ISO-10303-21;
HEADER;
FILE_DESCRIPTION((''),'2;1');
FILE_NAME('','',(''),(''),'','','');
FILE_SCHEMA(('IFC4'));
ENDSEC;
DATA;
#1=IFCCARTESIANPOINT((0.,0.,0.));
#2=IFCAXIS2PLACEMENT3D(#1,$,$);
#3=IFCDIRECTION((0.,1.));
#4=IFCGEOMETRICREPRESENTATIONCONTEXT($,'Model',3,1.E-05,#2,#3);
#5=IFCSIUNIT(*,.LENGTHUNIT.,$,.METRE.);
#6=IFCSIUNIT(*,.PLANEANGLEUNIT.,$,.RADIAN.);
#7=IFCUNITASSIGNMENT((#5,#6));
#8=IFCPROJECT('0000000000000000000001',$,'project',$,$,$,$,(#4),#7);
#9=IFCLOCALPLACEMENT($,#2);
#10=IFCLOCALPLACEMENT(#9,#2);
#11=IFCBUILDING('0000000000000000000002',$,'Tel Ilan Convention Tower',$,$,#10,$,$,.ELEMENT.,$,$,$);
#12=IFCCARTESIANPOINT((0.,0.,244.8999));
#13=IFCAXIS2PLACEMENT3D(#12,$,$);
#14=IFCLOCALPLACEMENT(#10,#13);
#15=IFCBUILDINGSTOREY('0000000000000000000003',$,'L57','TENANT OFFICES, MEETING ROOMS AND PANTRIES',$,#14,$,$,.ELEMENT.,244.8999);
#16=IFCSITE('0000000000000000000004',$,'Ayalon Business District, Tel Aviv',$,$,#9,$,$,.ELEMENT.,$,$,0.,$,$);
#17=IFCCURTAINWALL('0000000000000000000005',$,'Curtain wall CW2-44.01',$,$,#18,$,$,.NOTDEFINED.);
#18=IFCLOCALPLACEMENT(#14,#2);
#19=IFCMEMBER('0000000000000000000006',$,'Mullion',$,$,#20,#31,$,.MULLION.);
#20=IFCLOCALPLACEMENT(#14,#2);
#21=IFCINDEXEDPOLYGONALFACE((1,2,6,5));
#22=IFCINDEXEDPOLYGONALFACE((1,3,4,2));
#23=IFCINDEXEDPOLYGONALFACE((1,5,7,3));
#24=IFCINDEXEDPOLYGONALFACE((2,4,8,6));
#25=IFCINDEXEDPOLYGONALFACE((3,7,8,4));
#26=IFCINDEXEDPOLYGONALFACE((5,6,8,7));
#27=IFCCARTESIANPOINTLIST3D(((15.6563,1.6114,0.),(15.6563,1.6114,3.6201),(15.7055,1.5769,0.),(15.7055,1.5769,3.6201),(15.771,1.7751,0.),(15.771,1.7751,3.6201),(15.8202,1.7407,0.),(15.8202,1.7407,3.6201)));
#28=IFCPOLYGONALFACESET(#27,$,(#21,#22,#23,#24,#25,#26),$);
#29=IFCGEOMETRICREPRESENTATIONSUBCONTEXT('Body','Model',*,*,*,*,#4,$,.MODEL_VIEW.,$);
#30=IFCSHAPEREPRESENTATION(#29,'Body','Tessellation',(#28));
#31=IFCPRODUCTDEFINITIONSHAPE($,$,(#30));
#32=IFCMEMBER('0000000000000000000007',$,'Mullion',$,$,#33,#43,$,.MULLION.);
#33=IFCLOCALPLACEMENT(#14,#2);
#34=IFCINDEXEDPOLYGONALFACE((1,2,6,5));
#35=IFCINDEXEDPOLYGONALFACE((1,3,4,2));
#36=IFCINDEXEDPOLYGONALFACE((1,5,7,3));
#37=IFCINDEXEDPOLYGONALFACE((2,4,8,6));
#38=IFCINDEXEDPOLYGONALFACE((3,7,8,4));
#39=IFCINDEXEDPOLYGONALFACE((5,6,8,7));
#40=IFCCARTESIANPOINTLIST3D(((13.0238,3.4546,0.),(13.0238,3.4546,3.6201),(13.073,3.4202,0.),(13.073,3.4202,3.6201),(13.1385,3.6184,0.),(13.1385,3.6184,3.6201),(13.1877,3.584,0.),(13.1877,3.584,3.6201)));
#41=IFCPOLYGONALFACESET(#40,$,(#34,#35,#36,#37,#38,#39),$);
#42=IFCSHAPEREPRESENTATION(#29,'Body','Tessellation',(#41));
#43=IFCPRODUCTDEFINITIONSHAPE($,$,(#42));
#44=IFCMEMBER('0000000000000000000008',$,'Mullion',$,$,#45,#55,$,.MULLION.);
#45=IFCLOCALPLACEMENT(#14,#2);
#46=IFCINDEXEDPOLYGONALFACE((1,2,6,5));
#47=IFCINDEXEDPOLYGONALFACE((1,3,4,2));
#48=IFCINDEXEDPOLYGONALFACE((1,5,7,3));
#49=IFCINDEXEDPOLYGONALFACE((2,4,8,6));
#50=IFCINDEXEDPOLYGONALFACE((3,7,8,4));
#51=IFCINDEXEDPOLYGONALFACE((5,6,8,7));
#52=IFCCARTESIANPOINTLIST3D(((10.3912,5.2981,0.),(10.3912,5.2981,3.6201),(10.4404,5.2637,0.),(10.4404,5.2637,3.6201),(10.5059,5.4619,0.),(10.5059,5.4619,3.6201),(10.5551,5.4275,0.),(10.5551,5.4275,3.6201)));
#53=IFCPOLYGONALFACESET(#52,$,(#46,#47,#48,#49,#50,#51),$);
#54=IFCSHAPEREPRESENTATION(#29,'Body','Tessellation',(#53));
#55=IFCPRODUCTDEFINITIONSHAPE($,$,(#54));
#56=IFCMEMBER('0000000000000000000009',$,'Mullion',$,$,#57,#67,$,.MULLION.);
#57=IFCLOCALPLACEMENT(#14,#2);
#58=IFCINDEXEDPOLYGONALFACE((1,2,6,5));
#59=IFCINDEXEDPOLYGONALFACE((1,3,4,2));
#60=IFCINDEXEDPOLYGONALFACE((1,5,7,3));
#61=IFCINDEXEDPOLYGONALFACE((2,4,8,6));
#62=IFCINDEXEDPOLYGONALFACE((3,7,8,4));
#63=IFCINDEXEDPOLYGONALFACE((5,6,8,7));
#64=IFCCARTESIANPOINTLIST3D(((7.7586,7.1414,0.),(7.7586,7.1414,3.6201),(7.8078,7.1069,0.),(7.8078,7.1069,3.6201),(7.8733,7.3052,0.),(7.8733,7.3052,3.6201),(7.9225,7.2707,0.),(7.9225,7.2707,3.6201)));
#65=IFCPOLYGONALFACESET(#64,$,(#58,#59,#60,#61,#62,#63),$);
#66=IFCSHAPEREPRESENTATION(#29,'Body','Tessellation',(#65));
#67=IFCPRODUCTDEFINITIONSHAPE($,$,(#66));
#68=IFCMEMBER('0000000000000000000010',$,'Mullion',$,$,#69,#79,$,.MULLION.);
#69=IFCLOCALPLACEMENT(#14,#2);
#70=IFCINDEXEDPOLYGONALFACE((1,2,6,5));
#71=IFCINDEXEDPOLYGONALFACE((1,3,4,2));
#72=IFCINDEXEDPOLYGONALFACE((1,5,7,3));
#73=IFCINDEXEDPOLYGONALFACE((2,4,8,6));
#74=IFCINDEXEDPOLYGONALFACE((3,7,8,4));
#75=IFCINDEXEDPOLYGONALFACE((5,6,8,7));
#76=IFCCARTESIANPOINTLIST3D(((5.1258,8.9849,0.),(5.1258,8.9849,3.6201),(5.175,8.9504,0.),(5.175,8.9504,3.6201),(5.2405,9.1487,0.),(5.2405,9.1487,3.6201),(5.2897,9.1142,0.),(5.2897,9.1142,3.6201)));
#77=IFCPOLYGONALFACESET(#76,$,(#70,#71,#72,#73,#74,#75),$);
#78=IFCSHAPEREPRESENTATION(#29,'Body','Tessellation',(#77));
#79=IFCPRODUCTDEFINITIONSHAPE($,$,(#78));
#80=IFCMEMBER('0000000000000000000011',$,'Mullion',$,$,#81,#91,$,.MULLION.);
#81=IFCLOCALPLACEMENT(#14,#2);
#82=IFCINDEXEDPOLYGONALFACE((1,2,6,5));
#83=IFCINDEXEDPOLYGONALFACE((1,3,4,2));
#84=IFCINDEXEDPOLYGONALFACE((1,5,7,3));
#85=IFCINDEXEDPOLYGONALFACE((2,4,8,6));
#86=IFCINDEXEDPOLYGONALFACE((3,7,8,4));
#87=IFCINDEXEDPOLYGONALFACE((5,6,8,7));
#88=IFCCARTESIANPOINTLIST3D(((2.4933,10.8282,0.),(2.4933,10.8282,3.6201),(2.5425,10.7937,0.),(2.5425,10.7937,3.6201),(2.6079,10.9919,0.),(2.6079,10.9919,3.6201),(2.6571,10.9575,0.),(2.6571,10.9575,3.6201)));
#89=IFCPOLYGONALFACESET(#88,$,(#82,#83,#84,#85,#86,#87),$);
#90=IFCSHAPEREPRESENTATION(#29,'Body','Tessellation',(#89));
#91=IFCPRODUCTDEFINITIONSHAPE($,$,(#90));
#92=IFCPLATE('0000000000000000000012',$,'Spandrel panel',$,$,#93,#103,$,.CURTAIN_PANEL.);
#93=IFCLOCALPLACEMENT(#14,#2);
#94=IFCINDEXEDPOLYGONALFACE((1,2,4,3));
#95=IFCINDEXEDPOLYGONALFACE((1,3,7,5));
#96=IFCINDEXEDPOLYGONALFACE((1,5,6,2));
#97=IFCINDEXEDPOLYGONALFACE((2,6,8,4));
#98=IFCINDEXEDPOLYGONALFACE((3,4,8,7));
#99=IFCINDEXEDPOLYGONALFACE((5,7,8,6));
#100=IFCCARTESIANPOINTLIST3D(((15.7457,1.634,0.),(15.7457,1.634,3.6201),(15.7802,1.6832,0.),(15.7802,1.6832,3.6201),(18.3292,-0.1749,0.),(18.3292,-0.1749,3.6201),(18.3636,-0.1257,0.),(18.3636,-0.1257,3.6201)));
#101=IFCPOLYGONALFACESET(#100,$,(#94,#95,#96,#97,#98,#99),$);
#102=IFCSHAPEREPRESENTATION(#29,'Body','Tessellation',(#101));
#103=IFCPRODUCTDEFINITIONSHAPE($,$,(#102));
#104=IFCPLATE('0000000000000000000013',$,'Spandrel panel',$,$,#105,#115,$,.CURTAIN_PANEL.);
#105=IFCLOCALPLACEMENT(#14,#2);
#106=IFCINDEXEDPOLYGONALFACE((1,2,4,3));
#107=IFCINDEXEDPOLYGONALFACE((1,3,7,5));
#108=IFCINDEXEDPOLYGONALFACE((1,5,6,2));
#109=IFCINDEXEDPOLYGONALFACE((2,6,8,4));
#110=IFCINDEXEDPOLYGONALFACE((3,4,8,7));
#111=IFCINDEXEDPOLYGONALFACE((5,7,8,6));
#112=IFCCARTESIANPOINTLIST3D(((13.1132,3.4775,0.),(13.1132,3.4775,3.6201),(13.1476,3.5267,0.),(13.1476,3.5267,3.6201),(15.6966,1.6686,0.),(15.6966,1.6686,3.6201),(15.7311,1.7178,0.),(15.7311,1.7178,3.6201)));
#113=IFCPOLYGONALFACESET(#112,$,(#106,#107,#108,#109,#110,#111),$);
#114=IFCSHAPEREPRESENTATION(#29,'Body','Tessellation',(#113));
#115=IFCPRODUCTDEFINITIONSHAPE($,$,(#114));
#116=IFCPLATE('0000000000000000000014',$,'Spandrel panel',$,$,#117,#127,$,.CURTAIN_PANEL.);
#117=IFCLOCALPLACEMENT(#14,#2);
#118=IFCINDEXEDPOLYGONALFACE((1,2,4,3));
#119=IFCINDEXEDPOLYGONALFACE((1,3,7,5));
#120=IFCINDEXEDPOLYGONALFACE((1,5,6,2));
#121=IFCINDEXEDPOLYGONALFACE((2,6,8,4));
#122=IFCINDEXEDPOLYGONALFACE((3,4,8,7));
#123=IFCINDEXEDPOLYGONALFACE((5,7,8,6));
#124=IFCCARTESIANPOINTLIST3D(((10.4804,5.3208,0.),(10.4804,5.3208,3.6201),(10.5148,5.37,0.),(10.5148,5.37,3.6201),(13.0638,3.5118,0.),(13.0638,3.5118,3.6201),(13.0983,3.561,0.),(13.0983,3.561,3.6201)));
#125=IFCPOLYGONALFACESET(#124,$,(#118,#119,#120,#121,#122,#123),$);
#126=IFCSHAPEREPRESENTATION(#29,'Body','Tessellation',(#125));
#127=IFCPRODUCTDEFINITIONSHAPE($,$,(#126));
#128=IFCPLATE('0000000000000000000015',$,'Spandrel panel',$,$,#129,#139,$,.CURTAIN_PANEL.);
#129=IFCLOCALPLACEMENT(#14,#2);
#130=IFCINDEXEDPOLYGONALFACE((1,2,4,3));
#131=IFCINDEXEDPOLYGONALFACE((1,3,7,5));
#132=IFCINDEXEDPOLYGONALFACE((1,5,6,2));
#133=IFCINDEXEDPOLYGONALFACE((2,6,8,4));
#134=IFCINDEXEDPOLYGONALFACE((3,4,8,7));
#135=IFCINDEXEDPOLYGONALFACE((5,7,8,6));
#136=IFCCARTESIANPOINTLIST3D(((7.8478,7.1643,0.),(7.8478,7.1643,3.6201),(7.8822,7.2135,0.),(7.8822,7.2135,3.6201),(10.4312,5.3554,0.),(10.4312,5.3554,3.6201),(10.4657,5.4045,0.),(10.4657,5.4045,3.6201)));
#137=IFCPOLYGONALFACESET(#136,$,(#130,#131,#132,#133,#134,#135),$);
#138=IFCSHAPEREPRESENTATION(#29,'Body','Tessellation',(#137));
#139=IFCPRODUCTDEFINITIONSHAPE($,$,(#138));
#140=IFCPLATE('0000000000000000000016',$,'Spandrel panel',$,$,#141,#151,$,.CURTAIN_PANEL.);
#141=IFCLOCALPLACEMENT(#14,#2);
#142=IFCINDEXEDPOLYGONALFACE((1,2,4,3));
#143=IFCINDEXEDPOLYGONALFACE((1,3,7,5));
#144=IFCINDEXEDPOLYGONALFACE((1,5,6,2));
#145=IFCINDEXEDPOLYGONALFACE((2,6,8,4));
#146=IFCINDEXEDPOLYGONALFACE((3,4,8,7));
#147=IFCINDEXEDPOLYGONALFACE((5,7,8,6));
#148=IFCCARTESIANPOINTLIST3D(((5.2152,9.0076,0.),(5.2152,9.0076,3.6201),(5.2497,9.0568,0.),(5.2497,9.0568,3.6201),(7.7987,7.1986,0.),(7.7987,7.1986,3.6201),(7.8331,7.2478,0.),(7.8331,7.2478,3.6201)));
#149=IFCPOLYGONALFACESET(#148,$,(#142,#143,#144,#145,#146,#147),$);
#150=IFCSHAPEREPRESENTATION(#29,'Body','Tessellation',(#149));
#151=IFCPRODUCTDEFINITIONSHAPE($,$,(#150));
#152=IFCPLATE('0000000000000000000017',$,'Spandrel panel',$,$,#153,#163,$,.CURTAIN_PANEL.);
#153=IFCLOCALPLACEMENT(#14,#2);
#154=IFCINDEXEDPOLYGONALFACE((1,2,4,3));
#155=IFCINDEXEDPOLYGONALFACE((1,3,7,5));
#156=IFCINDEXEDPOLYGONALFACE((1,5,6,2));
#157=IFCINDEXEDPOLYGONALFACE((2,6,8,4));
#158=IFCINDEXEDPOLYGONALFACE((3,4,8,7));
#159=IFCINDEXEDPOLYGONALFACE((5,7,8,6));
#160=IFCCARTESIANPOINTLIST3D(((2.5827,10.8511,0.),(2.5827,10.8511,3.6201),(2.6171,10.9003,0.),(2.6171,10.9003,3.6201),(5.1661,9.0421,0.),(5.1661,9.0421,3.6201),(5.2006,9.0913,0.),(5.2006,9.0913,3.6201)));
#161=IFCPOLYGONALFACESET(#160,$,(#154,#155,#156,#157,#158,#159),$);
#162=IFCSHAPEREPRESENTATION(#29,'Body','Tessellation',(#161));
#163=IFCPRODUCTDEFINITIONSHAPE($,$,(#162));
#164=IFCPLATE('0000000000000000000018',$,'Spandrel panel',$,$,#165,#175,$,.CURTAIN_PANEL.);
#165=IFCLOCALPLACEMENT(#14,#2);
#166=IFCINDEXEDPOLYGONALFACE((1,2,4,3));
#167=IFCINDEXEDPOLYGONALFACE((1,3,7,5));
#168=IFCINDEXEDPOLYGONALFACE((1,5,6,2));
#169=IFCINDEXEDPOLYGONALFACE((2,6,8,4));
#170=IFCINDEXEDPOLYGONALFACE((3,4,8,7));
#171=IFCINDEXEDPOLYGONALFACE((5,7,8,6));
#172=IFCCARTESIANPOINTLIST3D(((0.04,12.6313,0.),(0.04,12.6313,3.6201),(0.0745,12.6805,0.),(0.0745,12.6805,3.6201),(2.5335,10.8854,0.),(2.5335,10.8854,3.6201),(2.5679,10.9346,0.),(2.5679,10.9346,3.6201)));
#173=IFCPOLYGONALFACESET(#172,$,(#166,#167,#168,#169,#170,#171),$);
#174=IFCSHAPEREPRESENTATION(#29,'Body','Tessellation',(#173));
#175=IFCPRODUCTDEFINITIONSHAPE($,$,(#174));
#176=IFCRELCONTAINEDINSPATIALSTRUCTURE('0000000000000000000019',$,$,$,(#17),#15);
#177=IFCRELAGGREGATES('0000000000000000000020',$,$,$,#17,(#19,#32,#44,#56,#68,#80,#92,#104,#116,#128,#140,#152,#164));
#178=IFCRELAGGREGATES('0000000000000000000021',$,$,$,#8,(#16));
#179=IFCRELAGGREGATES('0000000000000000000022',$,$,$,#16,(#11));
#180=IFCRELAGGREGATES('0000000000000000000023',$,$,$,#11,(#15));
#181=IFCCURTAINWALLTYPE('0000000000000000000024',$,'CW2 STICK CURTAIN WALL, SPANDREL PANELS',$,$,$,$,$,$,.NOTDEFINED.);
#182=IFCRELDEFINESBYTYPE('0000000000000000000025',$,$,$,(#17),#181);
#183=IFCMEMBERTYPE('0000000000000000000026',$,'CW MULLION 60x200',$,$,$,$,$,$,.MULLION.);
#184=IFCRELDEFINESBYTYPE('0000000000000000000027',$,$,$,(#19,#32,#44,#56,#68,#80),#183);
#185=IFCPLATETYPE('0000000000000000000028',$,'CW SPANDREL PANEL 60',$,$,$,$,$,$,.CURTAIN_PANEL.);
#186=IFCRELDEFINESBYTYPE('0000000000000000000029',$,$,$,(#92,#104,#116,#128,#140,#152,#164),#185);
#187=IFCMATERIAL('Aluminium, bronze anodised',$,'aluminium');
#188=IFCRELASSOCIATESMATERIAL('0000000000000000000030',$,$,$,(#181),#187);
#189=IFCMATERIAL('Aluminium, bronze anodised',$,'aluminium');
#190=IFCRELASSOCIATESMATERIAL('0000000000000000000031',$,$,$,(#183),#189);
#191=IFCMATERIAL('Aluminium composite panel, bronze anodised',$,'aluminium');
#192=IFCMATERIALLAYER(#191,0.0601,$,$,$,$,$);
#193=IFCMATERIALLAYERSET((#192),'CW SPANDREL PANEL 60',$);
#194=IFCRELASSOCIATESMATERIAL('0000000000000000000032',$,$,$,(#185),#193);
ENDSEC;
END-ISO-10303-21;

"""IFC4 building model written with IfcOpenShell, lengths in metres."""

from ifc_helpers import new_model, si_unit, direction, frame, origin, origin_2d, place, context, subcontext, project, spatial, rectangle, extrude, material, layer, layer_set, material_profile, profile_set, type_object, element, aggregate, save


model = new_model("IFC4")

# Units and contexts
model_context = context("Model", 3, precision=1e-05, world=origin(), true_north=direction((0.0, 1.0)))
body_context = subcontext(model_context, "Body", "Model", "MODEL_VIEW")
ifc_project = project(units=[si_unit("LENGTHUNIT", "METRE"), si_unit("PLANEANGLEUNIT", "RADIAN")], contexts=[model_context])

# Site, building, storey
site_placement = place(None, origin())
site = spatial("IfcSite", under=ifc_project, at=site_placement, Name="Ayalon Business District, Tel Aviv", CompositionType="ELEMENT", RefElevation=0.0)
building_placement = place(site_placement, origin())
building = spatial("IfcBuilding", under=site, at=building_placement, Name="Tel Ilan Convention Tower", CompositionType="ELEMENT")
storey_placement = place(building_placement, frame((0.0, 0.0, 244.8999)))
storey = spatial("IfcBuildingStorey", under=building, at=storey_placement, Name="L57", Description="TENANT OFFICES, MEETING ROOMS AND PANTRIES", CompositionType="ELEMENT", Elevation=244.8999)

# Curtain wall, members, plates
ifc_material_1 = material(Name="Aluminium, bronze anodised", Category="aluminium")
curtain_wall_type = type_object("IfcCurtainWallType", Name="CW2 STICK CURTAIN WALL, SPANDREL PANELS", PredefinedType="NOTDEFINED", material=ifc_material_1)
curtain_wall_placement = place(storey_placement, origin())
curtain_wall = element("IfcCurtainWall", 1, at=curtain_wall_placement, inside=storey, type_object=curtain_wall_type, Name="Curtain wall CW2-44.01", PredefinedType="NOTDEFINED")
ifc_material_2 = material(Name="Aluminium, bronze anodised", Category="aluminium")
ifc_material_profile = material_profile(ifc_material_2, rectangle(XDim=0.0601, YDim=0.2, at=origin_2d()), Name="CW MULLION 60x200")
ifc_profile_set = profile_set([ifc_material_profile], Name="Aluminium, bronze anodised")
member_type = type_object("IfcMemberType", Name="CW MULLION 60x200", PredefinedType="MULLION", material=ifc_profile_set)
member_1_placement = place(storey_placement, frame((15.7383, 1.676, 0.0), z_axis=(0.0, 0.0, 1.0), x_axis=(-0.819152, 0.573576, 0.0)))
member_1 = element("IfcMember", 2, at=member_1_placement, type_object=member_type, Name="Mullion", PredefinedType="MULLION", context=body_context, shape_type="SweptSolid", body=[
    extrude(rectangle(XDim=0.0601, YDim=0.2, at=origin_2d()), origin(), (0.0, 0.0, 1.0), 3.6201),
])
member_2_placement = place(storey_placement, frame((13.1057, 3.5193, 0.0), z_axis=(0.0, 0.0, 1.0), x_axis=(-0.819152, 0.573576, 0.0)))
member_2 = element("IfcMember", 3, at=member_2_placement, type_object=member_type, Name="Mullion", PredefinedType="MULLION", context=body_context, shape_type="SweptSolid", body=[
    extrude(rectangle(XDim=0.0601, YDim=0.2, at=origin_2d()), origin(), (0.0, 0.0, 1.0), 3.6201),
])
member_3_placement = place(storey_placement, frame((10.4731, 5.3628, 0.0), z_axis=(0.0, 0.0, 1.0), x_axis=(-0.819152, 0.573576, 0.0)))
member_3 = element("IfcMember", 4, at=member_3_placement, type_object=member_type, Name="Mullion", PredefinedType="MULLION", context=body_context, shape_type="SweptSolid", body=[
    extrude(rectangle(XDim=0.0601, YDim=0.2, at=origin_2d()), origin(), (0.0, 0.0, 1.0), 3.6201),
])
member_4_placement = place(storey_placement, frame((7.8406, 7.2061, 0.0), z_axis=(0.0, 0.0, 1.0), x_axis=(-0.819152, 0.573576, 0.0)))
member_4 = element("IfcMember", 5, at=member_4_placement, type_object=member_type, Name="Mullion", PredefinedType="MULLION", context=body_context, shape_type="SweptSolid", body=[
    extrude(rectangle(XDim=0.0601, YDim=0.2, at=origin_2d()), origin(), (0.0, 0.0, 1.0), 3.6201),
])
member_5_placement = place(storey_placement, frame((5.2078, 9.0496, 0.0), z_axis=(0.0, 0.0, 1.0), x_axis=(-0.819152, 0.573576, 0.0)))
member_5 = element("IfcMember", 6, at=member_5_placement, type_object=member_type, Name="Mullion", PredefinedType="MULLION", context=body_context, shape_type="SweptSolid", body=[
    extrude(rectangle(XDim=0.0601, YDim=0.2, at=origin_2d()), origin(), (0.0, 0.0, 1.0), 3.6201),
])
member_6_placement = place(storey_placement, frame((2.5752, 10.8928, 0.0), z_axis=(0.0, 0.0, 1.0), x_axis=(-0.819152, 0.573576, 0.0)))
member_6 = element("IfcMember", 7, at=member_6_placement, type_object=member_type, Name="Mullion", PredefinedType="MULLION", context=body_context, shape_type="SweptSolid", body=[
    extrude(rectangle(XDim=0.0601, YDim=0.2, at=origin_2d()), origin(), (0.0, 0.0, 1.0), 3.6201),
])
ifc_material_3 = material(Name="Aluminium composite panel, bronze anodised", Category="aluminium")
ifc_layer_1 = layer(ifc_material_3, 0.0601)
ifc_layer_set_1 = layer_set([ifc_layer_1], Name="CW SPANDREL PANEL 60")
plate_type = type_object("IfcPlateType", Name="CW SPANDREL PANEL 60", PredefinedType="CURTAIN_PANEL", material=ifc_layer_set_1)
plate_1_placement = place(storey_placement, frame((17.0547, 0.7542, 0.0), z_axis=(0.0, 0.0, 1.0), x_axis=(-0.819152, 0.573576, 0.0)))
plate_1 = element("IfcPlate", 8, at=plate_1_placement, type_object=plate_type, Name="Spandrel panel", PredefinedType="CURTAIN_PANEL", context=body_context, shape_type="SweptSolid", body=[
    extrude(rectangle(XDim=3.1538, YDim=0.0601, at=origin_2d()), origin(), (0.0, 0.0, 1.0), 3.6201),
])
plate_2_placement = place(storey_placement, frame((14.4221, 2.5977, 0.0), z_axis=(0.0, 0.0, 1.0), x_axis=(-0.819152, 0.573576, 0.0)))
plate_2 = element("IfcPlate", 9, at=plate_2_placement, type_object=plate_type, Name="Spandrel panel", PredefinedType="CURTAIN_PANEL", context=body_context, shape_type="SweptSolid", body=[
    extrude(rectangle(XDim=3.1538, YDim=0.0601, at=origin_2d()), origin(), (0.0, 0.0, 1.0), 3.6201),
])
plate_3_placement = place(storey_placement, frame((11.7893, 4.4409, 0.0), z_axis=(0.0, 0.0, 1.0), x_axis=(-0.819152, 0.573576, 0.0)))
plate_3 = element("IfcPlate", 10, at=plate_3_placement, type_object=plate_type, Name="Spandrel panel", PredefinedType="CURTAIN_PANEL", context=body_context, shape_type="SweptSolid", body=[
    extrude(rectangle(XDim=3.1538, YDim=0.0601, at=origin_2d()), origin(), (0.0, 0.0, 1.0), 3.6201),
])
plate_4_placement = place(storey_placement, frame((9.1567, 6.2844, 0.0), z_axis=(0.0, 0.0, 1.0), x_axis=(-0.819152, 0.573576, 0.0)))
plate_4 = element("IfcPlate", 11, at=plate_4_placement, type_object=plate_type, Name="Spandrel panel", PredefinedType="CURTAIN_PANEL", context=body_context, shape_type="SweptSolid", body=[
    extrude(rectangle(XDim=3.1538, YDim=0.0601, at=origin_2d()), origin(), (0.0, 0.0, 1.0), 3.6201),
])
plate_5_placement = place(storey_placement, frame((6.5242, 8.1277, 0.0), z_axis=(0.0, 0.0, 1.0), x_axis=(-0.819152, 0.573576, 0.0)))
plate_5 = element("IfcPlate", 12, at=plate_5_placement, type_object=plate_type, Name="Spandrel panel", PredefinedType="CURTAIN_PANEL", context=body_context, shape_type="SweptSolid", body=[
    extrude(rectangle(XDim=3.1538, YDim=0.0601, at=origin_2d()), origin(), (0.0, 0.0, 1.0), 3.6201),
])
plate_6_placement = place(storey_placement, frame((3.8916, 9.9712, 0.0), z_axis=(0.0, 0.0, 1.0), x_axis=(-0.819152, 0.573576, 0.0)))
plate_6 = element("IfcPlate", 13, at=plate_6_placement, type_object=plate_type, Name="Spandrel panel", PredefinedType="CURTAIN_PANEL", context=body_context, shape_type="SweptSolid", body=[
    extrude(rectangle(XDim=3.1538, YDim=0.0601, at=origin_2d()), origin(), (0.0, 0.0, 1.0), 3.6201),
])
plate_7_placement = place(storey_placement, frame((1.304, 11.783, 0.0), z_axis=(0.0, 0.0, 1.0), x_axis=(-0.819152, 0.573576, 0.0)))
plate_7 = element("IfcPlate", 14, at=plate_7_placement, type_object=plate_type, Name="Spandrel panel", PredefinedType="CURTAIN_PANEL", context=body_context, shape_type="SweptSolid", body=[
    extrude(rectangle(XDim=3.0439, YDim=0.0601, at=origin_2d()), origin(), (0.0, 0.0, 1.0), 3.6201),
])
aggregate(curtain_wall, [member_1, member_2, member_3, member_4, member_5, member_6, plate_1, plate_2, plate_3, plate_4, plate_5, plate_6, plate_7])

save(model, "model.ifc")
